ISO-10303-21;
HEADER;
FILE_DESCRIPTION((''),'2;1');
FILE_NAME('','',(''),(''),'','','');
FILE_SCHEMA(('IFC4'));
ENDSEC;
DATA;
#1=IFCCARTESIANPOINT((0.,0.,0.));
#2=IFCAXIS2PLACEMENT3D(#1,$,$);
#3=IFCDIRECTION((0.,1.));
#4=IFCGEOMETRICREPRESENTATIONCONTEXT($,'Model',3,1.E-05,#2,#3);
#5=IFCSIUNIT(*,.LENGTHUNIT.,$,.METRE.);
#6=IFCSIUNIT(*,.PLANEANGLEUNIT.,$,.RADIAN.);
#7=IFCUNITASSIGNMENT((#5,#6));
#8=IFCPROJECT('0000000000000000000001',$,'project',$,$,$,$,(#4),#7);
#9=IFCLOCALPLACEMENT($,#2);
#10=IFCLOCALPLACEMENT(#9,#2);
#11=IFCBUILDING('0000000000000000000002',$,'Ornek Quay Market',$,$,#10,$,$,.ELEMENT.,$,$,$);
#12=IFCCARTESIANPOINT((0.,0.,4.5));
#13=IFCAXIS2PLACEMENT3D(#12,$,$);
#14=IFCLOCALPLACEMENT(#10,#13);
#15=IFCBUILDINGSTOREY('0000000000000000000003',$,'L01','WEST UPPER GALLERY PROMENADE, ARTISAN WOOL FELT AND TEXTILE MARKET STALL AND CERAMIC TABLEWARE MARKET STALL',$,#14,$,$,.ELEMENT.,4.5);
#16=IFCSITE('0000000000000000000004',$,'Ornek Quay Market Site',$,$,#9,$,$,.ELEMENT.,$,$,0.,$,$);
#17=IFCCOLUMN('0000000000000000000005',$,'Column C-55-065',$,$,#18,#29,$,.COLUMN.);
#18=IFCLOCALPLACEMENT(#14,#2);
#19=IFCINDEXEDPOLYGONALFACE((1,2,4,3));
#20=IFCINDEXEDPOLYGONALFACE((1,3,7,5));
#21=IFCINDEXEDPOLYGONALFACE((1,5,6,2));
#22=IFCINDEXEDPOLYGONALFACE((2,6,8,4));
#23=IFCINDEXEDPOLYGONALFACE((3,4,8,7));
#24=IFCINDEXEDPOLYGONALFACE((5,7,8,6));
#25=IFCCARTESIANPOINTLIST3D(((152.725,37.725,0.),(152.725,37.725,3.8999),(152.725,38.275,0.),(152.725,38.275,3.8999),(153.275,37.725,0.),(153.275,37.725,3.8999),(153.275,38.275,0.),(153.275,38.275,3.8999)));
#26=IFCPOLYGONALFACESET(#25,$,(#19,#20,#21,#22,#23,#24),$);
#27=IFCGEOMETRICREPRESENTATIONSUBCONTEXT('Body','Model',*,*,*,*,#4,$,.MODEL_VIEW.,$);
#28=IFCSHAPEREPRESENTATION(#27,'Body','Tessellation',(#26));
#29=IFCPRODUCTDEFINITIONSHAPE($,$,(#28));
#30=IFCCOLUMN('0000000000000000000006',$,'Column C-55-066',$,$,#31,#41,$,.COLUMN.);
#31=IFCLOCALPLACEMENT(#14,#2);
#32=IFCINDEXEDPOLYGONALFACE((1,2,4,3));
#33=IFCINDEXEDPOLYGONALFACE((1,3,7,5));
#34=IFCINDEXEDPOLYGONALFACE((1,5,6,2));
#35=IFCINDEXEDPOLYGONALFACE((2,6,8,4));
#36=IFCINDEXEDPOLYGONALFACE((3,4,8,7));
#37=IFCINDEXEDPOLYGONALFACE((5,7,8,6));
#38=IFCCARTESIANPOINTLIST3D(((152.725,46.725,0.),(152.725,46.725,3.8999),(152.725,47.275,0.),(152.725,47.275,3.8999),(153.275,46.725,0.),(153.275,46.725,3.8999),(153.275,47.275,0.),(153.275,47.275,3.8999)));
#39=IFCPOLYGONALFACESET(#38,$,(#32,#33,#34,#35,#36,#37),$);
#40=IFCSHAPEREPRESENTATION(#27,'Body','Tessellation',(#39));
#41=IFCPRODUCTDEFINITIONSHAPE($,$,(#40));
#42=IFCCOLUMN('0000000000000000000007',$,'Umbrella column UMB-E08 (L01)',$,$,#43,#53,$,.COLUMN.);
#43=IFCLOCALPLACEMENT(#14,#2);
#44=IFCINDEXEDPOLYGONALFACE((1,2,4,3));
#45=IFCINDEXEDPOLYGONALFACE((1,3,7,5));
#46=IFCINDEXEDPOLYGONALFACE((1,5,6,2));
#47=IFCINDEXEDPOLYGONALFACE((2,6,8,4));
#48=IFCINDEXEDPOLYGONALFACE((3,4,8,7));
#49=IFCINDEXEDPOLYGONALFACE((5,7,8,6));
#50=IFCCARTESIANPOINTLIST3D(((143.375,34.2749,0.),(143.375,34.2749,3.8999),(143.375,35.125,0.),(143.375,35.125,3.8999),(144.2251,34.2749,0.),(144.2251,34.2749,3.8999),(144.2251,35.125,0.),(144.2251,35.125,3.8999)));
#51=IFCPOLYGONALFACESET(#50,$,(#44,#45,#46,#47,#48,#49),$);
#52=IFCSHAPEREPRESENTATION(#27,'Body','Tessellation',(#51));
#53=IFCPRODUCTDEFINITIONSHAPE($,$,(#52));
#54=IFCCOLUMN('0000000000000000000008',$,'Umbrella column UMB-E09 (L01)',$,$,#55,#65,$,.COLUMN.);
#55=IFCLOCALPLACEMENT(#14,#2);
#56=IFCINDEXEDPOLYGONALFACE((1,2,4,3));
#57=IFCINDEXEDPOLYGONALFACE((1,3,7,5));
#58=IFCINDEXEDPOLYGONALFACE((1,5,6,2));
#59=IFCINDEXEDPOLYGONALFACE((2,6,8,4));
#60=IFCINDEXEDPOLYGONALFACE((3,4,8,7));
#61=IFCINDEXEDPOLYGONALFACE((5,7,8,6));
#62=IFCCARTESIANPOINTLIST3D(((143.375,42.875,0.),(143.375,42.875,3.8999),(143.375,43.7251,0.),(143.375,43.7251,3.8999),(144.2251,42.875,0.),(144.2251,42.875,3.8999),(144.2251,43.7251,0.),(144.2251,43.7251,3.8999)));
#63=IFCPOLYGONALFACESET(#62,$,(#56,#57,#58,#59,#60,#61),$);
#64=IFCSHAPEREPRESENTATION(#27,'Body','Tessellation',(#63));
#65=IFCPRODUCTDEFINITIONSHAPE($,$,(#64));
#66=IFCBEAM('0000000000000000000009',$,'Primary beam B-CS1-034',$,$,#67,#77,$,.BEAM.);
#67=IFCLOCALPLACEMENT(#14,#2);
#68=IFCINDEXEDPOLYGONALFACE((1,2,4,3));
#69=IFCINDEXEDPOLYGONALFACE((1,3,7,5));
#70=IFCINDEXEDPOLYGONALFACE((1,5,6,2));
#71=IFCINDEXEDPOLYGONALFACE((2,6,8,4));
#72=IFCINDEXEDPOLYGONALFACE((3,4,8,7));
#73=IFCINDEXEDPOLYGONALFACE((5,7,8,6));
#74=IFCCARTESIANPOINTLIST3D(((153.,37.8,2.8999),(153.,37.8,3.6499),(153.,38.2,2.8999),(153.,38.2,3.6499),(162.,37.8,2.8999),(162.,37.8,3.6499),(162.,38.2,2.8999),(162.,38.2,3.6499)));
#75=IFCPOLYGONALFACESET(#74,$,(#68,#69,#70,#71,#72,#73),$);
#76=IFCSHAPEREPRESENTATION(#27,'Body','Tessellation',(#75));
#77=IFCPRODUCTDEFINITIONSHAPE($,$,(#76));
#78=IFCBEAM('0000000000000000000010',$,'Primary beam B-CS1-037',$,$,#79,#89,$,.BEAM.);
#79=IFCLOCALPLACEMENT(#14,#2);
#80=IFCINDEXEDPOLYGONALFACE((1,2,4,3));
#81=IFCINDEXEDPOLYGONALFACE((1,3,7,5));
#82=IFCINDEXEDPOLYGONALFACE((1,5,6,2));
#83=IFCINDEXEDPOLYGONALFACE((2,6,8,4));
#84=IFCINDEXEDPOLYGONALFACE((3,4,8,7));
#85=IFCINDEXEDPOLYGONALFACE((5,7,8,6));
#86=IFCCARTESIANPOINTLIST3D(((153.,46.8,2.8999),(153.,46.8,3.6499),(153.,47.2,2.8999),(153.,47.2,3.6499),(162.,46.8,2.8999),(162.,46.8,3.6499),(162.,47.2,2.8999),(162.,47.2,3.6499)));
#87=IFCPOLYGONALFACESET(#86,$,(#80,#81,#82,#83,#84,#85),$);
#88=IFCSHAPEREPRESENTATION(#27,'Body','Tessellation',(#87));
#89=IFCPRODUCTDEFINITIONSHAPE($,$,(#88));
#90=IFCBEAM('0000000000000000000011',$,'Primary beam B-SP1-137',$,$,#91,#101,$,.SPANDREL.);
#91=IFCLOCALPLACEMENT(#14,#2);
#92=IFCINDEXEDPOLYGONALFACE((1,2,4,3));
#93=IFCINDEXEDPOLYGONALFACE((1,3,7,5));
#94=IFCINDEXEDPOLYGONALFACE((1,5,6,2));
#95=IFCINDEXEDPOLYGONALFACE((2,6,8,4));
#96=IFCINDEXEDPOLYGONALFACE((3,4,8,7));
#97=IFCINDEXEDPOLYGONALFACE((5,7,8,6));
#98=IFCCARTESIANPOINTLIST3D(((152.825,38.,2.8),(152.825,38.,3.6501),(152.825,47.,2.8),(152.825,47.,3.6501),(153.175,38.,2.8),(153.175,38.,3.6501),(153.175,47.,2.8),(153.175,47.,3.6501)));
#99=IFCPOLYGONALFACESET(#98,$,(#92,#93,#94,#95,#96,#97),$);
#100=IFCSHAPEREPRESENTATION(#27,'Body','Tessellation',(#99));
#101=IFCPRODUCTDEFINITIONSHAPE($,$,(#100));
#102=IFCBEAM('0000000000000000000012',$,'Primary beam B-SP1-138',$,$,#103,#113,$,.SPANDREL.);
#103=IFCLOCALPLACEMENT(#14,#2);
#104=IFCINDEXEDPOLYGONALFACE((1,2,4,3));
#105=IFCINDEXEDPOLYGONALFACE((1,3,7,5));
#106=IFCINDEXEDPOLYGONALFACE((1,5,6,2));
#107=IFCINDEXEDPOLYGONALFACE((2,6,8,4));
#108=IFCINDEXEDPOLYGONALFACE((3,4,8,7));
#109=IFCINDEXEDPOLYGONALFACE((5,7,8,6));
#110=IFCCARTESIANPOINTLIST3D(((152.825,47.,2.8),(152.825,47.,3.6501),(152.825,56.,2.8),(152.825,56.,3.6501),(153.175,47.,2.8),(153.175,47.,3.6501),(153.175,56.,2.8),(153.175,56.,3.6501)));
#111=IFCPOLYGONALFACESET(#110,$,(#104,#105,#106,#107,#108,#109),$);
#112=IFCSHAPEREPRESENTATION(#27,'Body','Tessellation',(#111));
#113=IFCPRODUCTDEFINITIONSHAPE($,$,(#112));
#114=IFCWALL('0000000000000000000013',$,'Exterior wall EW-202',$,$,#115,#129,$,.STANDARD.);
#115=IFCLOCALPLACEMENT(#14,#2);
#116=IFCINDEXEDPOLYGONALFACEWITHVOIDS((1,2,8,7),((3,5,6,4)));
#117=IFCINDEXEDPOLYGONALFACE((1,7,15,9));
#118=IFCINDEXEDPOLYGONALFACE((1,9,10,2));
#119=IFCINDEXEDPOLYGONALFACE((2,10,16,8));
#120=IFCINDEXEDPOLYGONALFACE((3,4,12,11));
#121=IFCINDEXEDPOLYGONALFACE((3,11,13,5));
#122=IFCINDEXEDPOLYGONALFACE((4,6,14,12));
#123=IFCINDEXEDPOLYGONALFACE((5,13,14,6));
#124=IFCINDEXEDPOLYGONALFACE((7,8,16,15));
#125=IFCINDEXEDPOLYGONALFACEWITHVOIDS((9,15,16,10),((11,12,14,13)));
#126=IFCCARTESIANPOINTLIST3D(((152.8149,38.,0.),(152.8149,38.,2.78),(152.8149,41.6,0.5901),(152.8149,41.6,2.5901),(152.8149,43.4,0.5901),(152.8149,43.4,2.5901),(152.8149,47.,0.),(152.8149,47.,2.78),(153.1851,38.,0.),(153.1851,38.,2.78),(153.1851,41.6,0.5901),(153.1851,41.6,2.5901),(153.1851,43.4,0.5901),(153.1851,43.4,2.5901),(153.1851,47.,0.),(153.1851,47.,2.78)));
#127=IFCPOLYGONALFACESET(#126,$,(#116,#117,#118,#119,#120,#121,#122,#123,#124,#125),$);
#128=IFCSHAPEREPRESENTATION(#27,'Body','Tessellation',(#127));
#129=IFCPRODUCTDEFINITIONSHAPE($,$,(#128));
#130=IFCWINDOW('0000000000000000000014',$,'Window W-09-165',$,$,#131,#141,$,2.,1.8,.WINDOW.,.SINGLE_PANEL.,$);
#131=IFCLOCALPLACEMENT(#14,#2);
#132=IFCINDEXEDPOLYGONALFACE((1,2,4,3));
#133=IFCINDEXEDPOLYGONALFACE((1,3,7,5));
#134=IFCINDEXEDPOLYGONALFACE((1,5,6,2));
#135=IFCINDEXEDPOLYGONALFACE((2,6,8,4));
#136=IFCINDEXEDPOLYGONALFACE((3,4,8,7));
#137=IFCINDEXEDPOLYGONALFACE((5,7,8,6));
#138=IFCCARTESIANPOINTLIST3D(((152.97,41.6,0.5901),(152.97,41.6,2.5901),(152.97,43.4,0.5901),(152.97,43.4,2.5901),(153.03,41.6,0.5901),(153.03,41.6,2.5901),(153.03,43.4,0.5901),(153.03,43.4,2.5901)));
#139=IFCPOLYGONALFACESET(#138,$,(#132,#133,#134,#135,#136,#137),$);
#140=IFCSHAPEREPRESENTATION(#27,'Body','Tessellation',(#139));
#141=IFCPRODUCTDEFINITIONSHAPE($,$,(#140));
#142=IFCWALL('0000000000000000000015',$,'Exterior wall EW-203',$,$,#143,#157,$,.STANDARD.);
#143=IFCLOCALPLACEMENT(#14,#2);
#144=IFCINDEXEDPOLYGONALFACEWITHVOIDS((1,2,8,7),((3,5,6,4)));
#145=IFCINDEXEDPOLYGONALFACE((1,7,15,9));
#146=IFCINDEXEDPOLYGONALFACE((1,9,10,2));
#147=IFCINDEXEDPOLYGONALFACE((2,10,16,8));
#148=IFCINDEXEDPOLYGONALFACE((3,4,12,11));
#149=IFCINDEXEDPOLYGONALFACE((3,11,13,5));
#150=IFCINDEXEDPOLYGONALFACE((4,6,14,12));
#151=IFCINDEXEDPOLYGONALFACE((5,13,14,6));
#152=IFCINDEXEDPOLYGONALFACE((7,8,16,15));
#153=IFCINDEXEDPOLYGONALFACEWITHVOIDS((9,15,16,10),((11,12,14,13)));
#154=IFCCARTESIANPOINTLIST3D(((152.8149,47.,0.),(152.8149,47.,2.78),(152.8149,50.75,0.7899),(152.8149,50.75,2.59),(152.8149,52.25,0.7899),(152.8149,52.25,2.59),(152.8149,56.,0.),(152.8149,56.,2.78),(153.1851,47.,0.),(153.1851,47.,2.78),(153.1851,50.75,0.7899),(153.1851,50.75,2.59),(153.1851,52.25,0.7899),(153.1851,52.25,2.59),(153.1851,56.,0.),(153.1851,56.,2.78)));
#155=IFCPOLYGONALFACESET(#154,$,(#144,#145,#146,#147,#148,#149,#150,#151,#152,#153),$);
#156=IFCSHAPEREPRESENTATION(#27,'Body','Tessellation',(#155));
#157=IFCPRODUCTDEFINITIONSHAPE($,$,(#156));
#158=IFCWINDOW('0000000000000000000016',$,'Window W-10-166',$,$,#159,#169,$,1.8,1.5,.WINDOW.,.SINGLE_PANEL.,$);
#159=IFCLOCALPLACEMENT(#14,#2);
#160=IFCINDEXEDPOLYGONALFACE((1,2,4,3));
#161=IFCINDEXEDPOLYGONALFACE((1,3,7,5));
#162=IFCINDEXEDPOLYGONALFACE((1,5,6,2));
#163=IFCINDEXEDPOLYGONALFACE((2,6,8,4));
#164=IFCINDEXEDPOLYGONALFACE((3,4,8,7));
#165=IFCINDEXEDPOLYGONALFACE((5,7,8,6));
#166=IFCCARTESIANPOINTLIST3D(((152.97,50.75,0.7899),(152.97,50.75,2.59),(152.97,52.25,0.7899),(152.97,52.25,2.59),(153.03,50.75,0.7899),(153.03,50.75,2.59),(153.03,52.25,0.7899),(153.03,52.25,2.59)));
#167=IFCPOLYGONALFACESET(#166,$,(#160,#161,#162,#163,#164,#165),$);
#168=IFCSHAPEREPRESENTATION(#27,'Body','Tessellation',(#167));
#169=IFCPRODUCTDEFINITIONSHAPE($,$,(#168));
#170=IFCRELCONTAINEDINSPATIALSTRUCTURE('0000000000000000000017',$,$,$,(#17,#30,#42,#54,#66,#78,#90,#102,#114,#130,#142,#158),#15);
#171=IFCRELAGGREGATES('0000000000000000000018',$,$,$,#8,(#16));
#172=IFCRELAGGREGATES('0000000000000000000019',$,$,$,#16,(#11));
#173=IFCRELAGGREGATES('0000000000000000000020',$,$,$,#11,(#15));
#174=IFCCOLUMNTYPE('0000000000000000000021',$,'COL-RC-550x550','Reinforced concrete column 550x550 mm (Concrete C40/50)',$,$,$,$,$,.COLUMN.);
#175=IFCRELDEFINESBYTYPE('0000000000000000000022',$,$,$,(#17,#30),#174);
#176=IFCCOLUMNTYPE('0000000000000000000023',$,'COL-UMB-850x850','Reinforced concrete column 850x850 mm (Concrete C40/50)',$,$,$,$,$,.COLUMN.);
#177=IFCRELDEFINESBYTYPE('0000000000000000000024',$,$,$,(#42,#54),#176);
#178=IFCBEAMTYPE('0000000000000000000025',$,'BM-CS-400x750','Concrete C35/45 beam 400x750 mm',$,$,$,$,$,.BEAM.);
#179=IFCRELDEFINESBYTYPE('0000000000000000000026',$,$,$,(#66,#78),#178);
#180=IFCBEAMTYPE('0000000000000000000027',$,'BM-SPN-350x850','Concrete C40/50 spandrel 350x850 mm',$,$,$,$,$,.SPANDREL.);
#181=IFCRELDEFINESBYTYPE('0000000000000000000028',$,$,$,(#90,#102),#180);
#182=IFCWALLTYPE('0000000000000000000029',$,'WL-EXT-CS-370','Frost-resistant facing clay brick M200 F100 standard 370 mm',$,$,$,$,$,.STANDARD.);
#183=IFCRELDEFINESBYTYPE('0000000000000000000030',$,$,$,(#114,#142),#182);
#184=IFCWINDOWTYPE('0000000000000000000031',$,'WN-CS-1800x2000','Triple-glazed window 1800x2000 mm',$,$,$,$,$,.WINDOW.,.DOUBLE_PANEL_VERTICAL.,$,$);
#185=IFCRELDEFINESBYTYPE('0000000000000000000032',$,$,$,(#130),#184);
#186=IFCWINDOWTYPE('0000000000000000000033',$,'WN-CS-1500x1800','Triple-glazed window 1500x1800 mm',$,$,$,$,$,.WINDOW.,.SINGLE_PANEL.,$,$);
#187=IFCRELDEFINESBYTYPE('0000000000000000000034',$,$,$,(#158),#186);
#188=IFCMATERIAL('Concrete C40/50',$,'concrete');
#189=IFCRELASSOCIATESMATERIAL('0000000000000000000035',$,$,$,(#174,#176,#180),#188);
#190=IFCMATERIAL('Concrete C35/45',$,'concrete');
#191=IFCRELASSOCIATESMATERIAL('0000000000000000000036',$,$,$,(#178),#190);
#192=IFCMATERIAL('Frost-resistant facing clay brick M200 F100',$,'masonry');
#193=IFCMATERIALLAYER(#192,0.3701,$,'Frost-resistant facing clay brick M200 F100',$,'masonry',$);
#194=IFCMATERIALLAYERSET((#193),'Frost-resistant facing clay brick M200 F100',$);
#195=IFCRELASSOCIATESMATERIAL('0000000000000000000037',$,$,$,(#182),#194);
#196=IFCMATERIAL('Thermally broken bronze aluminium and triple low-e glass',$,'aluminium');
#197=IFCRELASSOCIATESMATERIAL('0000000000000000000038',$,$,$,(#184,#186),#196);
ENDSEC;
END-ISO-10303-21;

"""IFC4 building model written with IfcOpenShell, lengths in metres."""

from ifc_helpers import new_model, si_unit, direction, frame, frame_2d, origin, origin_2d, place, context, subcontext, project, spatial, rectangle, extrude, material, layer, layer_set, material_profile, profile_set, type_object, element, fill, save


model = new_model("IFC4")

# Units and contexts
model_context = context("Model", 3, precision=1e-05, world=origin(), true_north=direction((0.0, 1.0)))
body_context = subcontext(model_context, "Body", "Model", "MODEL_VIEW")
ifc_project = project(units=[si_unit("LENGTHUNIT", "METRE"), si_unit("PLANEANGLEUNIT", "RADIAN")], contexts=[model_context])

# Site, building, storey
site_placement = place(None, origin())
site = spatial("IfcSite", under=ifc_project, at=site_placement, Name="Ornek Quay Market Site", CompositionType="ELEMENT", RefElevation=0.0)
building_placement = place(site_placement, origin())
building = spatial("IfcBuilding", under=site, at=building_placement, Name="Ornek Quay Market", CompositionType="ELEMENT")
storey_placement = place(building_placement, frame((0.0, 0.0, 4.5)))
storey = spatial("IfcBuildingStorey", under=building, at=storey_placement, Name="L01", Description="WEST UPPER GALLERY PROMENADE, ARTISAN WOOL FELT AND TEXTILE MARKET STALL AND CERAMIC TABLEWARE MARKET STALL", CompositionType="ELEMENT", Elevation=4.5)

# Columns
ifc_material_1 = material(Name="Concrete C40/50", Category="concrete")
ifc_material_profile_1 = material_profile(ifc_material_1, rectangle(XDim=0.55, YDim=0.55, at=origin_2d()), Name="RC 550x550", Category="concrete")
ifc_profile_set_1 = profile_set([ifc_material_profile_1], Name="Concrete C40/50")
column_type_1 = type_object("IfcColumnType", Name="COL-RC-550x550", Description="Reinforced concrete column 550x550 mm (Concrete C40/50)", PredefinedType="COLUMN", material=ifc_profile_set_1)
for number, where, z_axis, x_axis, name in (
    (1, (153.0, 38.0, 0.0), (0.0, 0.0, 1.0), (1.0, 0.0, 0.0), "Column C-55-065"),
    (2, (153.0, 47.0, 0.0), (0.0, 0.0, 1.0), (1.0, 0.0, 0.0), "Column C-55-066"),
):
    element("IfcColumn", number, at=place(storey_placement, frame(where, z_axis=z_axis, x_axis=x_axis)), inside=storey, type_object=column_type_1, Name=name, PredefinedType="COLUMN", context=body_context, shape_type="SweptSolid", body=[
        extrude(rectangle(XDim=0.55, YDim=0.55, at=origin_2d()), origin(), (0.0, 0.0, 1.0), 3.8999),
    ])
ifc_material_profile_2 = material_profile(ifc_material_1, rectangle(XDim=0.8501, YDim=0.8501, at=origin_2d()), Name="RC 850x850", Category="concrete")
ifc_profile_set_2 = profile_set([ifc_material_profile_2], Name="Concrete C40/50")
column_type_2 = type_object("IfcColumnType", Name="COL-UMB-850x850", Description="Reinforced concrete column 850x850 mm (Concrete C40/50)", PredefinedType="COLUMN", material=ifc_profile_set_2)
for number, where, z_axis, x_axis, name in (
    (3, (143.8, 34.7, 0.0), (0.0, 0.0, 1.0), (1.0, 0.0, 0.0), "Umbrella column UMB-E08 (L01)"),
    (4, (143.8, 43.3, 0.0), (0.0, 0.0, 1.0), (1.0, 0.0, 0.0), "Umbrella column UMB-E09 (L01)"),
):
    element("IfcColumn", number, at=place(storey_placement, frame(where, z_axis=z_axis, x_axis=x_axis)), inside=storey, type_object=column_type_2, Name=name, PredefinedType="COLUMN", context=body_context, shape_type="SweptSolid", body=[
        extrude(rectangle(XDim=0.8501, YDim=0.8501, at=origin_2d()), origin(), (0.0, 0.0, 1.0), 3.8999),
    ])

# Beams
ifc_material_2 = material(Name="Concrete C35/45", Category="concrete")
ifc_material_profile_3 = material_profile(ifc_material_2, rectangle(XDim=0.3999, YDim=0.75, at=origin_2d()), Name="RC 400x750", Category="concrete")
ifc_profile_set_3 = profile_set([ifc_material_profile_3], Name="Concrete C35/45")
beam_type_1 = type_object("IfcBeamType", Name="BM-CS-400x750", Description="Concrete C35/45 beam 400x750 mm", PredefinedType="BEAM", material=ifc_profile_set_3)
for number, where, z_axis, x_axis, name in (
    (5, (153.0, 38.0, 3.2749), (1.0, 0.0, 0.0), (0.0, 1.0, 0.0), "Primary beam B-CS1-034"),
    (6, (153.0, 47.0, 3.2749), (1.0, 0.0, 0.0), (0.0, 1.0, 0.0), "Primary beam B-CS1-037"),
):
    element("IfcBeam", number, at=place(storey_placement, frame(where, z_axis=z_axis, x_axis=x_axis)), inside=storey, type_object=beam_type_1, Name=name, PredefinedType="BEAM", context=body_context, shape_type="SweptSolid", body=[
        extrude(rectangle(XDim=0.3999, YDim=0.75, at=origin_2d()), origin(), (0.0, 0.0, 1.0), 9.0),
    ])
ifc_material_profile_4 = material_profile(ifc_material_1, rectangle(XDim=0.3501, YDim=0.8501, at=origin_2d()), Name="RC 350x850", Category="concrete")
ifc_profile_set_4 = profile_set([ifc_material_profile_4], Name="Concrete C40/50")
beam_type_2 = type_object("IfcBeamType", Name="BM-SPN-350x850", Description="Concrete C40/50 spandrel 350x850 mm", PredefinedType="SPANDREL", material=ifc_profile_set_4)
for number, where, z_axis, x_axis, name in (
    (7, (153.0, 38.0, 3.2251), (0.0, 1.0, 0.0), (-1.0, 0.0, 0.0), "Primary beam B-SP1-137"),
    (8, (153.0, 47.0, 3.2251), (0.0, 1.0, 0.0), (-1.0, 0.0, 0.0), "Primary beam B-SP1-138"),
):
    element("IfcBeam", number, at=place(storey_placement, frame(where, z_axis=z_axis, x_axis=x_axis)), inside=storey, type_object=beam_type_2, Name=name, PredefinedType="SPANDREL", context=body_context, shape_type="SweptSolid", body=[
        extrude(rectangle(XDim=0.3501, YDim=0.8501, at=origin_2d()), origin(), (0.0, 0.0, 1.0), 9.0),
    ])

# Walls, openings, windows
ifc_material_3 = material(Name="Frost-resistant facing clay brick M200 F100", Category="masonry")
ifc_layer_1 = layer(ifc_material_3, 0.3701, Name="Frost-resistant facing clay brick M200 F100", Category="masonry")
ifc_layer_set_1 = layer_set([ifc_layer_1], Name="Frost-resistant facing clay brick M200 F100")
wall_type = type_object("IfcWallType", Name="WL-EXT-CS-370", Description="Frost-resistant facing clay brick M200 F100 standard 370 mm", PredefinedType="STANDARD", material=ifc_layer_set_1)
wall_1_placement = place(storey_placement, frame((153.0, 38.0, 0.0), z_axis=(0.0, 0.0, 1.0), x_axis=(0.0, 1.0, 0.0)))
wall_1 = element("IfcWall", 9, at=wall_1_placement, inside=storey, type_object=wall_type, Name="Exterior wall EW-202", PredefinedType="STANDARD", context=body_context, shape_type="SweptSolid", body=[
    extrude(rectangle(XDim=9.0, YDim=0.3701, at=frame_2d((4.5, 0.0))), origin(), (0.0, 0.0, 1.0), 2.78),
])
opening_1_placement = place(wall_1_placement, frame((3.6001, 0.0, 0.5901)))
opening_1 = element("IfcOpeningElement", 10, at=opening_1_placement, cuts=wall_1, PredefinedType="OPENING", context=body_context, shape_type="SweptSolid", body=[
    extrude(rectangle(XDim=1.8, YDim=2.0, at=frame_2d((0.8999, 1.0))), frame((0.0, 0.1951, 0.0), z_axis=(0.0, -1.0, 0.0), x_axis=(1.0, 0.0, 0.0)), (0.0, 0.0, 1.0), 0.3901),
])
ifc_material_4 = material(Name="Thermally broken bronze aluminium and triple low-e glass", Category="aluminium")
window_type_1 = type_object("IfcWindowType", Name="WN-CS-1800x2000", Description="Triple-glazed window 1800x2000 mm", PartitioningType="DOUBLE_PANEL_VERTICAL", PredefinedType="WINDOW", material=ifc_material_4)
window_1_placement = place(opening_1_placement, origin())
window_1 = element("IfcWindow", 11, at=window_1_placement, inside=storey, type_object=window_type_1, Name="Window W-09-165", OverallHeight=2.0, OverallWidth=1.8, PartitioningType="SINGLE_PANEL", PredefinedType="WINDOW", context=body_context, shape_type="SweptSolid", body=[
    extrude(rectangle(XDim=1.8, YDim=2.0, at=frame_2d((0.8999, 1.0))), frame((0.0, 0.03, 0.0), z_axis=(0.0, -1.0, 0.0), x_axis=(1.0, 0.0, 0.0)), (0.0, 0.0, 1.0), 0.0601),
])
fill(opening_1, window_1)
wall_2_placement = place(storey_placement, frame((153.0, 47.0, 0.0), z_axis=(0.0, 0.0, 1.0), x_axis=(0.0, 1.0, 0.0)))
wall_2 = element("IfcWall", 12, at=wall_2_placement, inside=storey, type_object=wall_type, Name="Exterior wall EW-203", PredefinedType="STANDARD", context=body_context, shape_type="SweptSolid", body=[
    extrude(rectangle(XDim=9.0, YDim=0.3701, at=frame_2d((4.5, 0.0))), origin(), (0.0, 0.0, 1.0), 2.78),
])
opening_2_placement = place(wall_2_placement, frame((3.75, 0.0, 0.79)))
opening_2 = element("IfcOpeningElement", 13, at=opening_2_placement, cuts=wall_2, PredefinedType="OPENING", context=body_context, shape_type="SweptSolid", body=[
    extrude(rectangle(XDim=1.5, YDim=1.8, at=frame_2d((0.75, 0.8999))), frame((0.0, 0.1951, 0.0), z_axis=(0.0, -1.0, 0.0), x_axis=(1.0, 0.0, 0.0)), (0.0, 0.0, 1.0), 0.3901),
])
window_type_2 = type_object("IfcWindowType", Name="WN-CS-1500x1800", Description="Triple-glazed window 1500x1800 mm", PartitioningType="SINGLE_PANEL", PredefinedType="WINDOW", material=ifc_material_4)
window_2_placement = place(opening_2_placement, origin())
window_2 = element("IfcWindow", 14, at=window_2_placement, inside=storey, type_object=window_type_2, Name="Window W-10-166", OverallHeight=1.8, OverallWidth=1.5, PartitioningType="SINGLE_PANEL", PredefinedType="WINDOW", context=body_context, shape_type="SweptSolid", body=[
    extrude(rectangle(XDim=1.5, YDim=1.8, at=frame_2d((0.75, 0.8999))), frame((0.0, 0.03, 0.0), z_axis=(0.0, -1.0, 0.0), x_axis=(1.0, 0.0, 0.0)), (0.0, 0.0, 1.0), 0.0601),
])
fill(opening_2, window_2)

save(model, "model.ifc")
